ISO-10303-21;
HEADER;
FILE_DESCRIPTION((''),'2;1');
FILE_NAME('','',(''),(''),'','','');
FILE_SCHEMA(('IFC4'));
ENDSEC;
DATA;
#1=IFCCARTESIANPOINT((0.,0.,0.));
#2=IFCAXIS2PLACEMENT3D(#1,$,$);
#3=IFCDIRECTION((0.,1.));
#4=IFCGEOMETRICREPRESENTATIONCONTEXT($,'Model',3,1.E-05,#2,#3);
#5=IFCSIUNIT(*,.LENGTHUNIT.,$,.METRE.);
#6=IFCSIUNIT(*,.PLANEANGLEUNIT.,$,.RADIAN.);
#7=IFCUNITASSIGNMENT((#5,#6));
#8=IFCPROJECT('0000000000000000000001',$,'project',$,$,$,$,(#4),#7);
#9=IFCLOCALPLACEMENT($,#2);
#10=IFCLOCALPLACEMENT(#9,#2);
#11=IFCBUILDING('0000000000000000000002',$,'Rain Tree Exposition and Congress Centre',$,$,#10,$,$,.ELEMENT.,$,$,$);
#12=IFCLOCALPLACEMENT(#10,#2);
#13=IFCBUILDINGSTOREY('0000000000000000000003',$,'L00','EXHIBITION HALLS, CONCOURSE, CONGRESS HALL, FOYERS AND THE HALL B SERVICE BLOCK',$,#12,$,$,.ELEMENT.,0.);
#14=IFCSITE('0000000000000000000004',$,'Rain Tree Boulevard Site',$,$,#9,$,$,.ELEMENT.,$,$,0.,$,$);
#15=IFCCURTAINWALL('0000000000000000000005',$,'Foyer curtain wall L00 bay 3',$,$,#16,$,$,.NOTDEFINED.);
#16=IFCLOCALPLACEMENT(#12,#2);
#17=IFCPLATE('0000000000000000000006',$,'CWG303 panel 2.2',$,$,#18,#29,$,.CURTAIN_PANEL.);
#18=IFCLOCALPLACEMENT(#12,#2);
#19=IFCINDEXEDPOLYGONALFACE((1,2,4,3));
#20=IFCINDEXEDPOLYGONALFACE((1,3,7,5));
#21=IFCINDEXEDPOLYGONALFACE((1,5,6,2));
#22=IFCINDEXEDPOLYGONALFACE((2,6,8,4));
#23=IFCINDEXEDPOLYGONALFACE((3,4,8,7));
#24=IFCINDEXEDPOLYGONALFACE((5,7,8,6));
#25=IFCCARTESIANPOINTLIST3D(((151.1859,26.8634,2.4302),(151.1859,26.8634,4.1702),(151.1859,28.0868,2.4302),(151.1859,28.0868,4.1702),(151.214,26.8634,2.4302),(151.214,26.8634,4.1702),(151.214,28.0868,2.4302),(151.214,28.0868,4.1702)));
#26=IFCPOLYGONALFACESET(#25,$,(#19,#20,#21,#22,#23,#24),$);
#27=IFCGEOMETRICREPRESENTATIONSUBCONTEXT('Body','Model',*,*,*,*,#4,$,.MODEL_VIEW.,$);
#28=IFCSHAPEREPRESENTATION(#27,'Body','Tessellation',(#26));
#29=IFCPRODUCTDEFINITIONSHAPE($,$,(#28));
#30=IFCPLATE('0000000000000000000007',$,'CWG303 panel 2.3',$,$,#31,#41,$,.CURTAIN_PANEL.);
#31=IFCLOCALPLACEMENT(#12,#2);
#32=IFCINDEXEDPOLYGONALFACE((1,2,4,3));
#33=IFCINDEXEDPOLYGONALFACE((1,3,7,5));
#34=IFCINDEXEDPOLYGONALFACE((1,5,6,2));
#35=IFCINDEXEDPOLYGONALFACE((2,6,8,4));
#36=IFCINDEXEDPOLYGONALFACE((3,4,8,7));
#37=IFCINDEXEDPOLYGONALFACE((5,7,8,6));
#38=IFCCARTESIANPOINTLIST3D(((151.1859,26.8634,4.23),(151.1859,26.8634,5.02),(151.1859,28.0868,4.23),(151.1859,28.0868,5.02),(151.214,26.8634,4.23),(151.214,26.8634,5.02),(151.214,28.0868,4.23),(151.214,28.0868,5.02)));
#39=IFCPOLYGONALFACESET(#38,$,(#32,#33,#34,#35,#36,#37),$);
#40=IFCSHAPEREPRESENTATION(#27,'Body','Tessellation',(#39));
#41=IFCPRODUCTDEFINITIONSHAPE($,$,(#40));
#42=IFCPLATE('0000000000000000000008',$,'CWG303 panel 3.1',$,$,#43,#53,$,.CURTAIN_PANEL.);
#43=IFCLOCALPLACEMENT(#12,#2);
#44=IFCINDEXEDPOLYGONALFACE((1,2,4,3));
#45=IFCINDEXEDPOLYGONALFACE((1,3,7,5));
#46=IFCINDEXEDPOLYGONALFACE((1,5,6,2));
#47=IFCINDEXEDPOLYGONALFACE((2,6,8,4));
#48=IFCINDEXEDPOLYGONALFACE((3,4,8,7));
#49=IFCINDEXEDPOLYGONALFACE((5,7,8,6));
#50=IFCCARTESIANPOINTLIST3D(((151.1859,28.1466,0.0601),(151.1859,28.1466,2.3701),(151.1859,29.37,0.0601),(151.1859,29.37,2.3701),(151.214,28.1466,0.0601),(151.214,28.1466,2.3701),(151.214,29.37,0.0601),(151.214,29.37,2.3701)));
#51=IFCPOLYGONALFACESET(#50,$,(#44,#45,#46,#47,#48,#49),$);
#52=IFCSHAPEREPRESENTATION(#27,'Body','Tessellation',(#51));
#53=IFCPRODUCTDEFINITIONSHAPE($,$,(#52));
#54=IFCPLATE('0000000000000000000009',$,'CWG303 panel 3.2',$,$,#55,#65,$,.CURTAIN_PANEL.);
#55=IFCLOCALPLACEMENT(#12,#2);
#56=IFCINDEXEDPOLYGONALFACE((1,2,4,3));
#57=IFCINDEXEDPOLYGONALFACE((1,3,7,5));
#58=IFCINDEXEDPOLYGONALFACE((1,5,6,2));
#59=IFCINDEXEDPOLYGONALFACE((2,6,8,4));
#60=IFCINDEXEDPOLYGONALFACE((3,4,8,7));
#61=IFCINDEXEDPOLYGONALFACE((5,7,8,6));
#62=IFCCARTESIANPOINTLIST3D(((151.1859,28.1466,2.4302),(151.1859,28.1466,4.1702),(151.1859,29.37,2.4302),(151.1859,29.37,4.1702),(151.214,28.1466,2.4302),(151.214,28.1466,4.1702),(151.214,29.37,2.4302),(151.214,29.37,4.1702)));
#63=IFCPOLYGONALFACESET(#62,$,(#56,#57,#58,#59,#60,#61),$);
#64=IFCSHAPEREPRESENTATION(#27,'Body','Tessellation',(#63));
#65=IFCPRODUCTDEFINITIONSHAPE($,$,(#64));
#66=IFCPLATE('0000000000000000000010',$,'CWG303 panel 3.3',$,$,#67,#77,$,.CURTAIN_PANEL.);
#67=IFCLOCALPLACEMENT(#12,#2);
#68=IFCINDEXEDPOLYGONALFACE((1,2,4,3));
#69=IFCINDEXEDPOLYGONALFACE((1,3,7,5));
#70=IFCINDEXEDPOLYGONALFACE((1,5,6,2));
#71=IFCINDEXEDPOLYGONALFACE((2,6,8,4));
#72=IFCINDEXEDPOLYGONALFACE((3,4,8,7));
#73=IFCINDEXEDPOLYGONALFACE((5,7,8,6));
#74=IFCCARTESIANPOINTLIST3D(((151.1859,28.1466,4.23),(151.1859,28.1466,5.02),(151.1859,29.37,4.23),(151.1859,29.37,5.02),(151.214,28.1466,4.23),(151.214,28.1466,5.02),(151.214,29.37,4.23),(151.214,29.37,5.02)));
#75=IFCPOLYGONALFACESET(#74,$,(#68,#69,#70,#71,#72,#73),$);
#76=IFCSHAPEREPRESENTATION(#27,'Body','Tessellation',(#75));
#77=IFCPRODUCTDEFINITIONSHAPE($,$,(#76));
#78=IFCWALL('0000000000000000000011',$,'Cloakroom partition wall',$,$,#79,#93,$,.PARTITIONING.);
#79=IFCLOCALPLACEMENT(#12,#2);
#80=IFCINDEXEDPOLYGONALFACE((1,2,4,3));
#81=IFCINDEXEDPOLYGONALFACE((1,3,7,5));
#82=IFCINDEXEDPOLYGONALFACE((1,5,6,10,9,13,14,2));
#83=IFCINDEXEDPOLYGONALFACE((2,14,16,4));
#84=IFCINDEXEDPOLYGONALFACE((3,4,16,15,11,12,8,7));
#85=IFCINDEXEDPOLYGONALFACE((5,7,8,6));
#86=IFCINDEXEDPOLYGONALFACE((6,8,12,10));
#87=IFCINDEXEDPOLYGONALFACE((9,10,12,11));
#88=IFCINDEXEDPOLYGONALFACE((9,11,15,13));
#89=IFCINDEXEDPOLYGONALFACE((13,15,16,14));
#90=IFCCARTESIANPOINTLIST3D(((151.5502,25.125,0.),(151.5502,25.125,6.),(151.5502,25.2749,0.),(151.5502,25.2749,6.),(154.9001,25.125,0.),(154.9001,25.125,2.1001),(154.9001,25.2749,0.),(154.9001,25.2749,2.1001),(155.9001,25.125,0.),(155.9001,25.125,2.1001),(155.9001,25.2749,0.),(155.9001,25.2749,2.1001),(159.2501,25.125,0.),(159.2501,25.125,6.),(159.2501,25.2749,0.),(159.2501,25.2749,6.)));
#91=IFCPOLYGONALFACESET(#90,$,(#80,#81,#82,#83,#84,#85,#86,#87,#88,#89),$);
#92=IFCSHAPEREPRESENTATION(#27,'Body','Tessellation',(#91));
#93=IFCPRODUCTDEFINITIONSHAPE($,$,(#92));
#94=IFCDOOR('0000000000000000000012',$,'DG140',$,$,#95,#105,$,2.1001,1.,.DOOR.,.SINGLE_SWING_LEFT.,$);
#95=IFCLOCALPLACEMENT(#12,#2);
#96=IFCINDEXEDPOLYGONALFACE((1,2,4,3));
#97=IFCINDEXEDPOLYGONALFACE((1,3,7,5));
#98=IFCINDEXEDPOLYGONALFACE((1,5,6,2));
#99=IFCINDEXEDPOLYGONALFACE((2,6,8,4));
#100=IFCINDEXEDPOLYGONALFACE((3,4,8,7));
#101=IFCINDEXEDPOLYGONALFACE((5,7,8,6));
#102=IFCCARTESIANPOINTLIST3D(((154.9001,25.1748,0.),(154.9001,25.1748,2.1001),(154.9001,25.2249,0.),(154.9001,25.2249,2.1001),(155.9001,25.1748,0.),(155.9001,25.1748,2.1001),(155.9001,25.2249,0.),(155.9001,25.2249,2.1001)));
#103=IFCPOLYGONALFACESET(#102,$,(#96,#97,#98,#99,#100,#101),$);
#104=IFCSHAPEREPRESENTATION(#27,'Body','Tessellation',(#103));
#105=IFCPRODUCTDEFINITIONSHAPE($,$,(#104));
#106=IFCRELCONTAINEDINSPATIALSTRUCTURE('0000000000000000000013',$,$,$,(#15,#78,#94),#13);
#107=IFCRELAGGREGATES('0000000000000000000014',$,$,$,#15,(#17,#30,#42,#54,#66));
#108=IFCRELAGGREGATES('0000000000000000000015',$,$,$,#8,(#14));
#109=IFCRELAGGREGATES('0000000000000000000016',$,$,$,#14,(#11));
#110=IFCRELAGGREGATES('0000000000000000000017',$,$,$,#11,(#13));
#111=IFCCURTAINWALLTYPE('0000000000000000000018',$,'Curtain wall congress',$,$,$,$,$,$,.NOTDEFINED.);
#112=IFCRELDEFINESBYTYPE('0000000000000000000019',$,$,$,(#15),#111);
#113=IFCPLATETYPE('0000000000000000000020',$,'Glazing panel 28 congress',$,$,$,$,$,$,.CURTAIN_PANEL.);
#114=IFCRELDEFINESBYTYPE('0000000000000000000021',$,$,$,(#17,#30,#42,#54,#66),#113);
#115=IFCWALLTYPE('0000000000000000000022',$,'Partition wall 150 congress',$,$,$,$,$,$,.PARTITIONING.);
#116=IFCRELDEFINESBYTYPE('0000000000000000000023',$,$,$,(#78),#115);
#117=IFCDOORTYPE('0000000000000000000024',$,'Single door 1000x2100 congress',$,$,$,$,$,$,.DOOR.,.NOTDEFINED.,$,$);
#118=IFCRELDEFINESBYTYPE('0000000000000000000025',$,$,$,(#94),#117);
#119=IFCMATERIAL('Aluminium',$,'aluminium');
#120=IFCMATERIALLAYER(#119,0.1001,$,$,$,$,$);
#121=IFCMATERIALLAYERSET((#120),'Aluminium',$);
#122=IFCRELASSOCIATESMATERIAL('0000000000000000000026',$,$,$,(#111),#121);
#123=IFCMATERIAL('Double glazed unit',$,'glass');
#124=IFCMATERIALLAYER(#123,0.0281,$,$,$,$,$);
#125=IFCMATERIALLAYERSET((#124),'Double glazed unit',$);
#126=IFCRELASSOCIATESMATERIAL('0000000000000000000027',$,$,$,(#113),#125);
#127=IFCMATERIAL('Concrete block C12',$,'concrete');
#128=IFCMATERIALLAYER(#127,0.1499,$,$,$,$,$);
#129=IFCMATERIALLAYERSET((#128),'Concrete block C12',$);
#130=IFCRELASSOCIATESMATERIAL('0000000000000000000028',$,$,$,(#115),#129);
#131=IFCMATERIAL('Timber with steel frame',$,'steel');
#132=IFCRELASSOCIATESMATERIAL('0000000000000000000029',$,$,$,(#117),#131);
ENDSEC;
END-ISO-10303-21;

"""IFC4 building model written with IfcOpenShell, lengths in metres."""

from ifc_helpers import new_model, si_unit, direction, frame, frame_2d, origin, origin_2d, place, context, subcontext, project, spatial, rectangle, extrude, material, layer, layer_set, type_object, element, fill, aggregate, save


model = new_model("IFC4")

# Units and contexts
model_context = context("Model", 3, precision=1e-05, world=origin(), true_north=direction((0.0, 1.0)))
body_context = subcontext(model_context, "Body", "Model", "MODEL_VIEW")
ifc_project = project(units=[si_unit("LENGTHUNIT", "METRE"), si_unit("PLANEANGLEUNIT", "RADIAN")], contexts=[model_context])

# Site, building, storey
site_placement = place(None, origin())
site = spatial("IfcSite", under=ifc_project, at=site_placement, Name="Rain Tree Boulevard Site", CompositionType="ELEMENT", RefElevation=0.0)
building_placement = place(site_placement, origin())
building = spatial("IfcBuilding", under=site, at=building_placement, Name="Rain Tree Exposition and Congress Centre", CompositionType="ELEMENT")
storey_placement = place(building_placement, origin())
storey = spatial("IfcBuildingStorey", under=building, at=storey_placement, Name="L00", Description="EXHIBITION HALLS, CONCOURSE, CONGRESS HALL, FOYERS AND THE HALL B SERVICE BLOCK", CompositionType="ELEMENT", Elevation=0.0)

# Shared definitions
ifc_material_1 = material(Name="Aluminium", Category="aluminium")
ifc_layer_1 = layer(ifc_material_1, 0.1001)
ifc_layer_set_1 = layer_set([ifc_layer_1], Name="Aluminium")
curtain_wall_type = type_object("IfcCurtainWallType", Name="Curtain wall congress", PredefinedType="NOTDEFINED", material=ifc_layer_set_1)

# Curtain wall
curtain_wall_1_placement = place(storey_placement, origin())
curtain_wall_1 = element("IfcCurtainWall", 1, at=curtain_wall_1_placement, inside=storey, type_object=curtain_wall_type, Name="Foyer curtain wall L00 bay 3", PredefinedType="NOTDEFINED")

# Plates
ifc_material_2 = material(Name="Double glazed unit", Category="glass")
ifc_layer_2 = layer(ifc_material_2, 0.0281)
ifc_layer_set_2 = layer_set([ifc_layer_2], Name="Double glazed unit")
plate_type = type_object("IfcPlateType", Name="Glazing panel 28 congress", PredefinedType="CURTAIN_PANEL", material=ifc_layer_set_2)
plate_1_placement = place(storey_placement, frame((151.2, 27.4751, 2.4302), z_axis=(0.0, 0.0, 1.0), x_axis=(0.0, 1.0, 0.0)))
plate_1 = element("IfcPlate", 2, at=plate_1_placement, type_object=plate_type, Name="CWG303 panel 2.2", PredefinedType="CURTAIN_PANEL", context=body_context, shape_type="SweptSolid", body=[
    extrude(rectangle(XDim=1.2234, YDim=0.0281, at=origin_2d()), origin(), (0.0, 0.0, 1.0), 1.74),
])
plate_2_placement = place(storey_placement, frame((151.2, 27.4751, 4.23), z_axis=(0.0, 0.0, 1.0), x_axis=(0.0, 1.0, 0.0)))
plate_2 = element("IfcPlate", 3, at=plate_2_placement, type_object=plate_type, Name="CWG303 panel 2.3", PredefinedType="CURTAIN_PANEL", context=body_context, shape_type="SweptSolid", body=[
    extrude(rectangle(XDim=1.2234, YDim=0.0281, at=origin_2d()), origin(), (0.0, 0.0, 1.0), 0.79),
])
plate_3_placement = place(storey_placement, frame((151.2, 28.7583, 0.0601), z_axis=(0.0, 0.0, 1.0), x_axis=(0.0, 1.0, 0.0)))
plate_3 = element("IfcPlate", 4, at=plate_3_placement, type_object=plate_type, Name="CWG303 panel 3.1", PredefinedType="CURTAIN_PANEL", context=body_context, shape_type="SweptSolid", body=[
    extrude(rectangle(XDim=1.2234, YDim=0.0281, at=origin_2d()), origin(), (0.0, 0.0, 1.0), 2.3101),
])
plate_4_placement = place(storey_placement, frame((151.2, 28.7583, 2.4302), z_axis=(0.0, 0.0, 1.0), x_axis=(0.0, 1.0, 0.0)))
plate_4 = element("IfcPlate", 5, at=plate_4_placement, type_object=plate_type, Name="CWG303 panel 3.2", PredefinedType="CURTAIN_PANEL", context=body_context, shape_type="SweptSolid", body=[
    extrude(rectangle(XDim=1.2234, YDim=0.0281, at=origin_2d()), origin(), (0.0, 0.0, 1.0), 1.74),
])
plate_5_placement = place(storey_placement, frame((151.2, 28.7583, 4.23), z_axis=(0.0, 0.0, 1.0), x_axis=(0.0, 1.0, 0.0)))
plate_5 = element("IfcPlate", 6, at=plate_5_placement, type_object=plate_type, Name="CWG303 panel 3.3", PredefinedType="CURTAIN_PANEL", context=body_context, shape_type="SweptSolid", body=[
    extrude(rectangle(XDim=1.2234, YDim=0.0281, at=origin_2d()), origin(), (0.0, 0.0, 1.0), 0.79),
])
aggregate(curtain_wall_1, [plate_1, plate_2, plate_3, plate_4, plate_5])

# Wall, opening, door
ifc_material_3 = material(Name="Concrete block C12", Category="concrete")
ifc_layer_3 = layer(ifc_material_3, 0.1499)
ifc_layer_set_3 = layer_set([ifc_layer_3], Name="Concrete block C12")
wall_type = type_object("IfcWallType", Name="Partition wall 150 congress", PredefinedType="PARTITIONING", material=ifc_layer_set_3)
wall_placement = place(storey_placement, frame((151.55, 25.2, 0.0), z_axis=(0.0, 0.0, 1.0), x_axis=(1.0, 0.0, 0.0)))
wall = element("IfcWall", 7, at=wall_placement, inside=storey, type_object=wall_type, Name="Cloakroom partition wall", PredefinedType="PARTITIONING", context=body_context, shape_type="SweptSolid", body=[
    extrude(rectangle(XDim=7.7, YDim=0.1499, at=frame_2d((3.8501, 0.0))), origin(), (0.0, 0.0, 1.0), 6.0),
])
opening_placement = place(wall_placement, frame((3.3501, 0.0, 0.0)))
opening = element("IfcOpeningElement", 8, at=opening_placement, cuts=wall, PredefinedType="OPENING", context=body_context, shape_type="SweptSolid", body=[
    extrude(rectangle(XDim=1.0, YDim=2.1001, at=frame_2d((0.5, 1.05))), frame((0.0, 0.075, 0.0), z_axis=(0.0, -1.0, 0.0), x_axis=(1.0, 0.0, 0.0)), (0.0, 0.0, 1.0), 0.1499),
])
ifc_material_4 = material(Name="Timber with steel frame", Category="steel")
door_type = type_object("IfcDoorType", Name="Single door 1000x2100 congress", OperationType="NOTDEFINED", PredefinedType="DOOR", material=ifc_material_4)
door_placement = place(opening_placement, origin())
door = element("IfcDoor", 9, at=door_placement, inside=storey, type_object=door_type, Name="DG140", OperationType="SINGLE_SWING_LEFT", OverallHeight=2.1001, OverallWidth=1.0, PredefinedType="DOOR", context=body_context, shape_type="SweptSolid", body=[
    extrude(rectangle(XDim=1.0, YDim=2.1001, at=frame_2d((0.5, 1.05))), frame((0.0, 0.0249, 0.0), z_axis=(0.0, -1.0, 0.0), x_axis=(1.0, 0.0, 0.0)), (0.0, 0.0, 1.0), 0.05),
])
fill(opening, door)

save(model, "model.ifc")
